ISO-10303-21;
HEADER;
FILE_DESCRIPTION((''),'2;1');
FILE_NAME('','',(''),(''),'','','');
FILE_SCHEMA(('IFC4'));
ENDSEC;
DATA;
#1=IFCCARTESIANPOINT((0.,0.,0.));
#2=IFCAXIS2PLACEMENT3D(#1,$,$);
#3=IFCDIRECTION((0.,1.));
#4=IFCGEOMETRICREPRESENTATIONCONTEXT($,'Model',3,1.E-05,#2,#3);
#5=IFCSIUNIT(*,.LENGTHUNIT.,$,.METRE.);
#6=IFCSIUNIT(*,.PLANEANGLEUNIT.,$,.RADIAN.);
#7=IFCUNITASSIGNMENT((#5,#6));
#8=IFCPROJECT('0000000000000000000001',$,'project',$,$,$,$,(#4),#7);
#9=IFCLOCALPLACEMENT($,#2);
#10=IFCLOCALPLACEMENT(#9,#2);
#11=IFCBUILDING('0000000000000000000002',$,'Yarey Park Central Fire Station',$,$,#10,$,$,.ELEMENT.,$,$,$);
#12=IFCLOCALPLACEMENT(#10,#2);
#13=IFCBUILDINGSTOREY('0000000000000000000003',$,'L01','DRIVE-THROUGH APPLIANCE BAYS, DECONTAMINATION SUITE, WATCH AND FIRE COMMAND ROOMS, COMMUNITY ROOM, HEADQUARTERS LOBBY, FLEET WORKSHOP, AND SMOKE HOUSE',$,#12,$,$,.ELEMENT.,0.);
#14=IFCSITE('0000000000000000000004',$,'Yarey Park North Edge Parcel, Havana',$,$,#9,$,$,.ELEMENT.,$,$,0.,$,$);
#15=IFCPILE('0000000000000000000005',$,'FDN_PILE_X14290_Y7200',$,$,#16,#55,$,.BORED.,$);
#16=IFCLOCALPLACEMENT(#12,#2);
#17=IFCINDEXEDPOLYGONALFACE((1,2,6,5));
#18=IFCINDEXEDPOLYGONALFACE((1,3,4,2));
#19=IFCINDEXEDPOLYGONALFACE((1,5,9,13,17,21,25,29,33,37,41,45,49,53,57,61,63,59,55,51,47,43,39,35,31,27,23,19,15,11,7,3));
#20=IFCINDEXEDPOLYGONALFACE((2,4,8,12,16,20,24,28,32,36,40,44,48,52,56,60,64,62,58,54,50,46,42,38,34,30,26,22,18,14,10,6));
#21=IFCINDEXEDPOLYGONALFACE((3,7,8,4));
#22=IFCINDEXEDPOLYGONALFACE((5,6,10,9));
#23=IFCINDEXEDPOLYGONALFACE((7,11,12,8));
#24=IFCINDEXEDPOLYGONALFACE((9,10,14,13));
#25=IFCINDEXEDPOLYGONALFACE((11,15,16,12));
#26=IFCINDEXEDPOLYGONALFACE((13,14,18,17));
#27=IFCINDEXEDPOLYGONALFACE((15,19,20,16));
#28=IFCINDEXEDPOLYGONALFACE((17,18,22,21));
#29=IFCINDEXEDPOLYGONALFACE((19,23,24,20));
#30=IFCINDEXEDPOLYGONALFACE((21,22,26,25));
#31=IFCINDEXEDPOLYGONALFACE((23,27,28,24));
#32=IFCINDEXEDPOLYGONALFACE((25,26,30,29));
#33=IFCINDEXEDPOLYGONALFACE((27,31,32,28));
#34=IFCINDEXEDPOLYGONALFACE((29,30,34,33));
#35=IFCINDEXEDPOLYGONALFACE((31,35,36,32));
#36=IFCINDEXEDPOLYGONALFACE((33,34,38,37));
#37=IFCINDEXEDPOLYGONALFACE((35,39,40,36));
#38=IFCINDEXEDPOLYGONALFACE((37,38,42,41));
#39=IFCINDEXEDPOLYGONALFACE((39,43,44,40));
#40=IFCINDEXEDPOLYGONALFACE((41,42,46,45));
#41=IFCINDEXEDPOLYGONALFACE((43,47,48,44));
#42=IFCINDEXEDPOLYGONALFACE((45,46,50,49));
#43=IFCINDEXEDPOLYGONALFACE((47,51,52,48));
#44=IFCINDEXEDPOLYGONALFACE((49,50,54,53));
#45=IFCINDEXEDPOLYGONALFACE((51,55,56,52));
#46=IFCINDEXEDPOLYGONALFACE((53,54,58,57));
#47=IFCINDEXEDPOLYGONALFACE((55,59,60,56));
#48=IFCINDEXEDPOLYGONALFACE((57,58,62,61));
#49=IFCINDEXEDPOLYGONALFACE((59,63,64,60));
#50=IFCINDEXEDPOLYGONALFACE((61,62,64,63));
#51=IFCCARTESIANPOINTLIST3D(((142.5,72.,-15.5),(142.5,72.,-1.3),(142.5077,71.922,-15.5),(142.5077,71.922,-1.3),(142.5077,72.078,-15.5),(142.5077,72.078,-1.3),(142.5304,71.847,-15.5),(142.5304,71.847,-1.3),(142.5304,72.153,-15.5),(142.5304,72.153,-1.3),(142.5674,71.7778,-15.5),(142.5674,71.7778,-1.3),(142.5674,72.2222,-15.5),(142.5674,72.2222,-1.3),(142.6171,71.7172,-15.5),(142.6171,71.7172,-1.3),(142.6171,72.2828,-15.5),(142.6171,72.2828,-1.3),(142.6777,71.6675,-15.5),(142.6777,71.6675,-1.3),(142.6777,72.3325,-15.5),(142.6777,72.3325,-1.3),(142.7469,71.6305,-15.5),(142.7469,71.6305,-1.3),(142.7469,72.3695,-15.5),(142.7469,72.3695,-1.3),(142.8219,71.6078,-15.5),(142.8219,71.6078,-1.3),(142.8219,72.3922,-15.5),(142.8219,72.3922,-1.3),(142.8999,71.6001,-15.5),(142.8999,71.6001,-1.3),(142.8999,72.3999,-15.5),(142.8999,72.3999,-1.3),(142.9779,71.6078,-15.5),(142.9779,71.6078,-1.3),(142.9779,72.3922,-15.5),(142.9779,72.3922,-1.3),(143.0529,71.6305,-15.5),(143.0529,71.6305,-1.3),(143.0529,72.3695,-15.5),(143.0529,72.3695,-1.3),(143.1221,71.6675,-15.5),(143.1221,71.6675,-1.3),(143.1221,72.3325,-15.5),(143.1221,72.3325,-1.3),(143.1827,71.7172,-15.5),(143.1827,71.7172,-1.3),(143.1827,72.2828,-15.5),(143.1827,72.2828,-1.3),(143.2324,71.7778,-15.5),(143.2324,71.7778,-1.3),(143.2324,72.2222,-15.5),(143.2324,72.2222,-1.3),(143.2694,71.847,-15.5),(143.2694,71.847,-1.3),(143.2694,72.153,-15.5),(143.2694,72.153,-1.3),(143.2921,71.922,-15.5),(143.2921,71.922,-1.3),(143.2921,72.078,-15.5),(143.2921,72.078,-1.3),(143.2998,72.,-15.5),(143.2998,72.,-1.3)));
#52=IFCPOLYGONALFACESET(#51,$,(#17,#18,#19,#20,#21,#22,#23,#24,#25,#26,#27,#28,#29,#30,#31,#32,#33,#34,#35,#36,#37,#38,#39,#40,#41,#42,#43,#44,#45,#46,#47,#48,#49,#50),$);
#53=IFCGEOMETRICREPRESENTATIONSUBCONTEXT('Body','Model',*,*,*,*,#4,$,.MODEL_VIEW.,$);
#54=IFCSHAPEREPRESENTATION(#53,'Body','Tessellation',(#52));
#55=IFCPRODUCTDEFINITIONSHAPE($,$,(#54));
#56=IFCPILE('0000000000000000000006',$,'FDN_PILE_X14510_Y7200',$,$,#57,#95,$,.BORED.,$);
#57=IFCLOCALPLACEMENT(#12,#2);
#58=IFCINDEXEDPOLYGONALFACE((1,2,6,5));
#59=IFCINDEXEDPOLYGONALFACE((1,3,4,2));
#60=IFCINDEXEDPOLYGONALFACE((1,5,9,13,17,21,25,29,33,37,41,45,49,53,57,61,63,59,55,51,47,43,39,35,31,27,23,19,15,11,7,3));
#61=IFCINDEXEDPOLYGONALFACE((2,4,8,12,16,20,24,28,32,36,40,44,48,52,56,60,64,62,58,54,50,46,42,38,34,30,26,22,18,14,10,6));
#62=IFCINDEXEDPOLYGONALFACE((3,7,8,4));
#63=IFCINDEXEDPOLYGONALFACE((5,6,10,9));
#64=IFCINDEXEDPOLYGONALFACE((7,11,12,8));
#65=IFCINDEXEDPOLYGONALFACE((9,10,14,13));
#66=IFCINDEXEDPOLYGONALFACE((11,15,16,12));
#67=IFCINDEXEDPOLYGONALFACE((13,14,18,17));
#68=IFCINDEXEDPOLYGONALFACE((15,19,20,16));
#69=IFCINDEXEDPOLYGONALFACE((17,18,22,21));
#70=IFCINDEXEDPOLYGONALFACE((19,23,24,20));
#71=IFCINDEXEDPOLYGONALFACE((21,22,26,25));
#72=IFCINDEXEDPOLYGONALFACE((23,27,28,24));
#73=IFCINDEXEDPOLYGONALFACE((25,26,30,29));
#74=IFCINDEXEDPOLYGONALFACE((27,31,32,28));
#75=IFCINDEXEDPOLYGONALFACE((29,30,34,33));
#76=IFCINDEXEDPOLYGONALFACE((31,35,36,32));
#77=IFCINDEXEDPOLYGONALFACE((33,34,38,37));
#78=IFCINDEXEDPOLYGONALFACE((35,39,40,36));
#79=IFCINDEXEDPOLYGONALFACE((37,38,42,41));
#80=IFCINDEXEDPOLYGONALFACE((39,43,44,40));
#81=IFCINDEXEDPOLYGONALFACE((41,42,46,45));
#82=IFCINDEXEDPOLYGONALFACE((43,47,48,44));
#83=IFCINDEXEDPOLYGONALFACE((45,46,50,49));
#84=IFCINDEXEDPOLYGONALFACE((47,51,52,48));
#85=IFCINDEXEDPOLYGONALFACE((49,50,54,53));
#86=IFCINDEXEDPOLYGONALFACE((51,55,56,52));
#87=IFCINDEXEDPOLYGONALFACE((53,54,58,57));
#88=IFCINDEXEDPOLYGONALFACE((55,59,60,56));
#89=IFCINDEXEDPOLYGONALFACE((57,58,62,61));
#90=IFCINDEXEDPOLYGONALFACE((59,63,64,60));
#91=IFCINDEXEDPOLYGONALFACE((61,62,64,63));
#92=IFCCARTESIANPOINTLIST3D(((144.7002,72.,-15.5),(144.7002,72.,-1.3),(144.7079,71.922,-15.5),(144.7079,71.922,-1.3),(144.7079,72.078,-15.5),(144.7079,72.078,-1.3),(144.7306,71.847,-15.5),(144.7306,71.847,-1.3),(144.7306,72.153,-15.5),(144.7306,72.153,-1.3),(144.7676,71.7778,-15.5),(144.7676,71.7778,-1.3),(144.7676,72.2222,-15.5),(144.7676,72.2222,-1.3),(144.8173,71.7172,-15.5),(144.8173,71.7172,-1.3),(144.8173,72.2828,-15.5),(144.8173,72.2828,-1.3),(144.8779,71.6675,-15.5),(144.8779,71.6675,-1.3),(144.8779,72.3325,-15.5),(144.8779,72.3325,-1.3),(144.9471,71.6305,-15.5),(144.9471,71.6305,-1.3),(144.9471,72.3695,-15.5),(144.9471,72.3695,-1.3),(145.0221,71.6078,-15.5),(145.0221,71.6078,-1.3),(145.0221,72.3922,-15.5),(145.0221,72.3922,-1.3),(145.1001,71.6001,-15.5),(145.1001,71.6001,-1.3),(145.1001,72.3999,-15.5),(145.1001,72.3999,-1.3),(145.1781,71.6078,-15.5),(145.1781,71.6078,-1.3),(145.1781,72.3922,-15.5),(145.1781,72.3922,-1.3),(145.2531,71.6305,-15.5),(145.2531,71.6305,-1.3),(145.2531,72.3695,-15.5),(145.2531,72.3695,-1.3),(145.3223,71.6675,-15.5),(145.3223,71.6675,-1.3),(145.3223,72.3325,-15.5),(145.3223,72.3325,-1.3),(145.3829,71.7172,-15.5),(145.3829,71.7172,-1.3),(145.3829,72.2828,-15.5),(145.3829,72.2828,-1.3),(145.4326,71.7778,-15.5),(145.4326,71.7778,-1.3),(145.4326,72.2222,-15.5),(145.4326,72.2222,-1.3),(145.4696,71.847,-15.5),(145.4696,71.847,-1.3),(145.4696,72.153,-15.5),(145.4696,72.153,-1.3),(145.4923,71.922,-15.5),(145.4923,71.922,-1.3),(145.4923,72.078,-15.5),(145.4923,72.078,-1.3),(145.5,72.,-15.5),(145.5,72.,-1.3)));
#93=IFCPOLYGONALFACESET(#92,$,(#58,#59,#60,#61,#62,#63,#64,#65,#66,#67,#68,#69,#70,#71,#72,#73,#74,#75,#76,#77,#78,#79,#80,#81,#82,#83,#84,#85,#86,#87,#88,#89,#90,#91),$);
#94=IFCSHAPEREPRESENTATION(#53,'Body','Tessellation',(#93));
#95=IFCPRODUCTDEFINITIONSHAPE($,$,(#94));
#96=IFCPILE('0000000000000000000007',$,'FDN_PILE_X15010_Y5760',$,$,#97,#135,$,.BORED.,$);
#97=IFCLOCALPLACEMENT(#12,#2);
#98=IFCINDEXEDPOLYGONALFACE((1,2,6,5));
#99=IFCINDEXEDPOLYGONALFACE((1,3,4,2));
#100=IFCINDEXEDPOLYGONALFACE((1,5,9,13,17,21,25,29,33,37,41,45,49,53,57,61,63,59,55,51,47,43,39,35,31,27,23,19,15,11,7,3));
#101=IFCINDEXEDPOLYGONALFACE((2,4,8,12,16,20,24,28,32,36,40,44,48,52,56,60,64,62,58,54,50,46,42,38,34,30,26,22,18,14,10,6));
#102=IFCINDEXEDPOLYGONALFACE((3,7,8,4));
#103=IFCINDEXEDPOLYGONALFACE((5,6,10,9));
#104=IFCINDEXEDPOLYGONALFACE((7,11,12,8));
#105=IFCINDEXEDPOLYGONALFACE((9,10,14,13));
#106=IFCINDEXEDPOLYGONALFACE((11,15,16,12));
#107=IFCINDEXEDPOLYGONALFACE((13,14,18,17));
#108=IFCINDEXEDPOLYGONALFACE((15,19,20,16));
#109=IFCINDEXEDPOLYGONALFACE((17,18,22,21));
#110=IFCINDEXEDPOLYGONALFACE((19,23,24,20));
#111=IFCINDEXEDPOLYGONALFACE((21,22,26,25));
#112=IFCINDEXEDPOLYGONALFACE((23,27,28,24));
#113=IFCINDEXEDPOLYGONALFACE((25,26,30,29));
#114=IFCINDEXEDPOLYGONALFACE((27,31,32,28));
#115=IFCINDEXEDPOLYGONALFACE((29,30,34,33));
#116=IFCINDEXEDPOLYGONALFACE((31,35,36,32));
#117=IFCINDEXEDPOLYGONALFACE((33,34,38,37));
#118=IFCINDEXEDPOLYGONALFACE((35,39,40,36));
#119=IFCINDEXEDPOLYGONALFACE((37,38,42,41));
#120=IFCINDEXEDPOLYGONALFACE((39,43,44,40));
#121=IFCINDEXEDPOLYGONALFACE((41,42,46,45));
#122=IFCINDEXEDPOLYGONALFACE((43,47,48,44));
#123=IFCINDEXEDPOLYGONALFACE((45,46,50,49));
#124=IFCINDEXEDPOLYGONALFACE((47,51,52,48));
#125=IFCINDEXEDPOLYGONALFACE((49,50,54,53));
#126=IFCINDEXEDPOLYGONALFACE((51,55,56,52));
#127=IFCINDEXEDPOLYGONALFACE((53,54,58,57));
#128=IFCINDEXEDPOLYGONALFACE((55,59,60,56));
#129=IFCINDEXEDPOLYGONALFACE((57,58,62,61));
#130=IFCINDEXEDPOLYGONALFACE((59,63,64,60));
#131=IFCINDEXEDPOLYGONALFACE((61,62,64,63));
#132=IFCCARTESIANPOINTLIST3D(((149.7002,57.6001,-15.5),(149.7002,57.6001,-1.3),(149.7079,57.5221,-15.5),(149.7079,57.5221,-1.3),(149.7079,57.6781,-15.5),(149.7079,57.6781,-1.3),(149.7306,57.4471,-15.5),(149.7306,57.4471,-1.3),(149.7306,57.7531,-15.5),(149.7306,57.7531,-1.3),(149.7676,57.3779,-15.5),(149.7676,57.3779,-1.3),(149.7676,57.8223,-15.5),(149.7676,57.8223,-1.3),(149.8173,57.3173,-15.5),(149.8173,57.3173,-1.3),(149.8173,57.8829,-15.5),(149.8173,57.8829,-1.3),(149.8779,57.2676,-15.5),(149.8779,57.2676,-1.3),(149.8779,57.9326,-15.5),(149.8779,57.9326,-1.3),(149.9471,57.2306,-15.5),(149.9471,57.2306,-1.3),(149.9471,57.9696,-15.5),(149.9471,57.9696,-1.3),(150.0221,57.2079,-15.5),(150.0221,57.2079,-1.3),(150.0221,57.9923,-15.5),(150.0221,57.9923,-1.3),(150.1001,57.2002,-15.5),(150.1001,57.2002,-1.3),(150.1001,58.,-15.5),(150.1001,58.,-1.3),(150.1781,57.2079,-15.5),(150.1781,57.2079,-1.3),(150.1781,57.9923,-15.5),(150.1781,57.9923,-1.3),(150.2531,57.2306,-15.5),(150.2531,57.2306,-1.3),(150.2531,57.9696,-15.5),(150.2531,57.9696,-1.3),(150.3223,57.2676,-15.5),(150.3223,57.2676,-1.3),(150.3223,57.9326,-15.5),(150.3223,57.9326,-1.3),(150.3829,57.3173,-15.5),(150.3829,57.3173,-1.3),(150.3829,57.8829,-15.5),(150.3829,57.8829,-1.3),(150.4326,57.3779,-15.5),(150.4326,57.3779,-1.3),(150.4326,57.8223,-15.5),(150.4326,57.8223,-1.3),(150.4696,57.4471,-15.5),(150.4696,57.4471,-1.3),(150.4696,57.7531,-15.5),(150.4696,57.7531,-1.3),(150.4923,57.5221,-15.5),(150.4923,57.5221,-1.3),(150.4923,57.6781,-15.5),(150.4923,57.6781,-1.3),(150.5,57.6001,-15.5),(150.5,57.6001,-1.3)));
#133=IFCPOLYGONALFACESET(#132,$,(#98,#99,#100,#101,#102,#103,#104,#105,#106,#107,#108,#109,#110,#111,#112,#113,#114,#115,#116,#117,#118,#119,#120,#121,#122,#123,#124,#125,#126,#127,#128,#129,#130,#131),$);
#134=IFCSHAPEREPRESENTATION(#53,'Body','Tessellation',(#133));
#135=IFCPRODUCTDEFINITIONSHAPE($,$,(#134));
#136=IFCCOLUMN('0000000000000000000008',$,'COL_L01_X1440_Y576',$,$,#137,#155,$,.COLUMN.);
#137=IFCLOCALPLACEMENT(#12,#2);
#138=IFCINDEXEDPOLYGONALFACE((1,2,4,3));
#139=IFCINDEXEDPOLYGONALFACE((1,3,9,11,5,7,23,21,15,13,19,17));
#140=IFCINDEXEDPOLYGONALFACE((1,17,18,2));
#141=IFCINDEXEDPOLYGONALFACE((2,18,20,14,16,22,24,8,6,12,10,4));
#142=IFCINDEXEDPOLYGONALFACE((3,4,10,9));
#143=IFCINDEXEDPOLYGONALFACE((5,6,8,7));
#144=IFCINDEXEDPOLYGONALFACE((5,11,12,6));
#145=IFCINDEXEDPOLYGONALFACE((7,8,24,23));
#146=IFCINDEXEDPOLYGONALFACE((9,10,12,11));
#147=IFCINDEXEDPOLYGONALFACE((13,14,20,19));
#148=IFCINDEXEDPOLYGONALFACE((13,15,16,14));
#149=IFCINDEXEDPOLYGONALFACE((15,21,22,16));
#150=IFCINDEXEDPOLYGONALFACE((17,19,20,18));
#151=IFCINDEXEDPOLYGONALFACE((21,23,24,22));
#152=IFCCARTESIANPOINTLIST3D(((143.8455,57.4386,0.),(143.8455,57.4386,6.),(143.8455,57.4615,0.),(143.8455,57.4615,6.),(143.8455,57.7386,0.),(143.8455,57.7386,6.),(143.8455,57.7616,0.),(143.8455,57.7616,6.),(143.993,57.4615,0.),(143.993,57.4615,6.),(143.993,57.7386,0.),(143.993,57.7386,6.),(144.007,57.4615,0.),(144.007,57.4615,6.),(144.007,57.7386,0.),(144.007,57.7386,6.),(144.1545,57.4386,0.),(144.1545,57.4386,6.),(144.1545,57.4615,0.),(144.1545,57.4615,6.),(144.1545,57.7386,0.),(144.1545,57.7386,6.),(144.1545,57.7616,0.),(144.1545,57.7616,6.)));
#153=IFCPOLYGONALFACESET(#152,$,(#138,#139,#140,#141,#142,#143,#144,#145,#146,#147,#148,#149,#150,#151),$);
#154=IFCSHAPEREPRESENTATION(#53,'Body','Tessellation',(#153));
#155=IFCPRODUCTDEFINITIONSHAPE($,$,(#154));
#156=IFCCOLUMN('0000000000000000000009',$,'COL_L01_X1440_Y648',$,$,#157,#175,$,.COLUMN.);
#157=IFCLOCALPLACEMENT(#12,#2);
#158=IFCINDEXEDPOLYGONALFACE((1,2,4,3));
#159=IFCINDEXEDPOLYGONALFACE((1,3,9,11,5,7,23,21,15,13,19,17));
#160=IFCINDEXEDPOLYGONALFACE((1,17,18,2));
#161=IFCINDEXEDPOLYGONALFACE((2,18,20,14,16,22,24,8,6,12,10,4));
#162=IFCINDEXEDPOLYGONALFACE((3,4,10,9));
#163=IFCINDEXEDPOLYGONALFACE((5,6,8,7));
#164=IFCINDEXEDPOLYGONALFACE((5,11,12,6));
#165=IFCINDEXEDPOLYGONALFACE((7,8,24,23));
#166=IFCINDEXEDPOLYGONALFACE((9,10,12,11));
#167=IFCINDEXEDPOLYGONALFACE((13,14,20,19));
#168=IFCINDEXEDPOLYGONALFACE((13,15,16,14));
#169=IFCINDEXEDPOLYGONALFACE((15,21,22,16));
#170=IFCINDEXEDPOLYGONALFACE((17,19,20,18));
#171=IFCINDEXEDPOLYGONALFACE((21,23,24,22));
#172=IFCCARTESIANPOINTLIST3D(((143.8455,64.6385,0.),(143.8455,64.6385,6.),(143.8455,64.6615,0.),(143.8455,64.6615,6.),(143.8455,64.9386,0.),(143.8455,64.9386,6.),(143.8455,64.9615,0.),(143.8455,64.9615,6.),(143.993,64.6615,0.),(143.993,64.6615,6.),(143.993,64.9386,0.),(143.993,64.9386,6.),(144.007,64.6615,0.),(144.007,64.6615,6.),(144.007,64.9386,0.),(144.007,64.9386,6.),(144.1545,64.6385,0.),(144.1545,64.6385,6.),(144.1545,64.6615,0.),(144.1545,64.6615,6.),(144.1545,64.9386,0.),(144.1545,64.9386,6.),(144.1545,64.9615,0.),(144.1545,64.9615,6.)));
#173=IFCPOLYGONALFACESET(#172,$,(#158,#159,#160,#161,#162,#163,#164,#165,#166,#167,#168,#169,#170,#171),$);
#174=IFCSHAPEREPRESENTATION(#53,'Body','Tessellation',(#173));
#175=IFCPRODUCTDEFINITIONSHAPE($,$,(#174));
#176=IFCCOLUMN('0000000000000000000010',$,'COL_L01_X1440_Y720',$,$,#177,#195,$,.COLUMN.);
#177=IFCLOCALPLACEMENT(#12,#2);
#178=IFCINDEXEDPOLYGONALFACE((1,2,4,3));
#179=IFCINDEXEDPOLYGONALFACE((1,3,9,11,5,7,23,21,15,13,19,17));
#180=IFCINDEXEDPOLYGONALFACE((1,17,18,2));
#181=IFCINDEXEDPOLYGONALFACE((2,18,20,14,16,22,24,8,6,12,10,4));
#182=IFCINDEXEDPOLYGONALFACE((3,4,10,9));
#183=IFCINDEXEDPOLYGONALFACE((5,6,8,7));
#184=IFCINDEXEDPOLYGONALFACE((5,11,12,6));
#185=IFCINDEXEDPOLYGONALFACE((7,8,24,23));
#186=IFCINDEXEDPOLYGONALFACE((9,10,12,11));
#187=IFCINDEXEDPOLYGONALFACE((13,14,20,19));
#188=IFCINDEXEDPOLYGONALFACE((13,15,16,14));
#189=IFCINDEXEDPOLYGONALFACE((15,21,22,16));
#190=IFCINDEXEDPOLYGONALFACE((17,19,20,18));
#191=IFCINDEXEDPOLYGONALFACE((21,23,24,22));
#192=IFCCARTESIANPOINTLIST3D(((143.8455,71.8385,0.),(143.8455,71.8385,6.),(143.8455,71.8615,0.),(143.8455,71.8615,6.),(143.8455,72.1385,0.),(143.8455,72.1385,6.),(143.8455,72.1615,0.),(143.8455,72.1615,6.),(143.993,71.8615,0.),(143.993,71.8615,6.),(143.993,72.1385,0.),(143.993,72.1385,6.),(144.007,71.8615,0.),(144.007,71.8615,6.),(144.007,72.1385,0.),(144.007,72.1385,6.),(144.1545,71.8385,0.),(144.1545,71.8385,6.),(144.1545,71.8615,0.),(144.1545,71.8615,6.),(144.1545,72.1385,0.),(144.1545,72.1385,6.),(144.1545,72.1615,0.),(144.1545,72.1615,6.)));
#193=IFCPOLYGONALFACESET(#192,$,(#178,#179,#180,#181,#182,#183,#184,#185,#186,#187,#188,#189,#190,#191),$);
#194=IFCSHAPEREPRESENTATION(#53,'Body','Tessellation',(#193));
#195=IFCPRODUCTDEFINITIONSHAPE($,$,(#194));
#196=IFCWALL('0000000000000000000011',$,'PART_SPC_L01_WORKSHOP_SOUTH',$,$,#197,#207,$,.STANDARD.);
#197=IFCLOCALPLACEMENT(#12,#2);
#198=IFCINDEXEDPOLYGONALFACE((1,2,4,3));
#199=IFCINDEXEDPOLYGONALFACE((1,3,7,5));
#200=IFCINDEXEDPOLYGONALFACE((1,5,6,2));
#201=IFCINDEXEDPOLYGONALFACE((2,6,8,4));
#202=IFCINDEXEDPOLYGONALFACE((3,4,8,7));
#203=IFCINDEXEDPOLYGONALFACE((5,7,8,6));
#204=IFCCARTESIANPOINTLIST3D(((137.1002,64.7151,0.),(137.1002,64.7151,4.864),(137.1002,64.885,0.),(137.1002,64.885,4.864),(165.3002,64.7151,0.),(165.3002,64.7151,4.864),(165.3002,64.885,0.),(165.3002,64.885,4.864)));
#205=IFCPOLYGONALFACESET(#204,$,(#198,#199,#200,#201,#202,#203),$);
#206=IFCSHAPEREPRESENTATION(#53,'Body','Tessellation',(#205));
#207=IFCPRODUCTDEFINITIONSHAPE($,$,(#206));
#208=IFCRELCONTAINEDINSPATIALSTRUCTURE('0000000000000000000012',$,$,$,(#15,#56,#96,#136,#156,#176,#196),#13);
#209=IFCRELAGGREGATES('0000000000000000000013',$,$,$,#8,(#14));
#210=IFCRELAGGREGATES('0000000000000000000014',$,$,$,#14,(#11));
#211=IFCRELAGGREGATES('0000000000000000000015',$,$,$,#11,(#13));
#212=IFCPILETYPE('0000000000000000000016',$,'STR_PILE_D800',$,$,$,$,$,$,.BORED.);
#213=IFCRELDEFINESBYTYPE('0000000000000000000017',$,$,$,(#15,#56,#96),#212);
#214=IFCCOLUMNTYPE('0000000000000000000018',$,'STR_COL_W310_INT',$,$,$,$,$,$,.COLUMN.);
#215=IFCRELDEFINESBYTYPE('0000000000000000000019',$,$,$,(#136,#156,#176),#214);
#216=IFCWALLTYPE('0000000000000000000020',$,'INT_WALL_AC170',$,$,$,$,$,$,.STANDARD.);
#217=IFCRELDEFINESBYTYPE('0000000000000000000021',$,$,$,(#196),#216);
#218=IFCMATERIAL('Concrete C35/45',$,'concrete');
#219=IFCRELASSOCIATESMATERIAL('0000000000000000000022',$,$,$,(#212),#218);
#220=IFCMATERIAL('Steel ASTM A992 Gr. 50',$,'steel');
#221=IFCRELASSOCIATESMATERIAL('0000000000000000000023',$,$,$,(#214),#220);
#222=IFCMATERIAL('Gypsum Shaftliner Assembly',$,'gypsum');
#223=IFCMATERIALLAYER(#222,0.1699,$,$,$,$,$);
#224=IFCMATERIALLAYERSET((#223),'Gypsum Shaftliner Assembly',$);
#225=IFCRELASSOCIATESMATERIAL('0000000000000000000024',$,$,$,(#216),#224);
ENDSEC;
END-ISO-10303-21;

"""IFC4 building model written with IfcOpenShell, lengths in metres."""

from ifc_helpers import new_model, si_unit, direction, frame, frame_2d, origin, origin_2d, place, context, subcontext, project, spatial, rectangle, circle, i_section, extrude, material, layer, layer_set, material_profile, profile_set, type_object, element, save


model = new_model("IFC4")

# Units and contexts
model_context = context("Model", 3, precision=1e-05, world=origin(), true_north=direction((0.0, 1.0)))
body_context = subcontext(model_context, "Body", "Model", "MODEL_VIEW")
ifc_project = project(units=[si_unit("LENGTHUNIT", "METRE"), si_unit("PLANEANGLEUNIT", "RADIAN")], contexts=[model_context])

# Site, building, storey
site_placement = place(None, origin())
site = spatial("IfcSite", under=ifc_project, at=site_placement, Name="Yarey Park North Edge Parcel, Havana", CompositionType="ELEMENT", RefElevation=0.0)
building_placement = place(site_placement, origin())
building = spatial("IfcBuilding", under=site, at=building_placement, Name="Yarey Park Central Fire Station", CompositionType="ELEMENT")
storey_placement = place(building_placement, origin())
storey = spatial("IfcBuildingStorey", under=building, at=storey_placement, Name="L01", Description="DRIVE-THROUGH APPLIANCE BAYS, DECONTAMINATION SUITE, WATCH AND FIRE COMMAND ROOMS, COMMUNITY ROOM, HEADQUARTERS LOBBY, FLEET WORKSHOP, AND SMOKE HOUSE", CompositionType="ELEMENT", Elevation=0.0)

# Shared definitions
ifc_material_1 = material(Name="Concrete C35/45", Category="concrete")

# Piles
ifc_material_profile_1 = material_profile(ifc_material_1, circle(Radius=0.3999, at=origin_2d()), Name="BORED PILE D800")
ifc_profile_set_1 = profile_set([ifc_material_profile_1], Name="Concrete C35/45")
pile_type = type_object("IfcPileType", Name="STR_PILE_D800", PredefinedType="BORED", material=ifc_profile_set_1)
for number, where, z_axis, x_axis, name in (
    (1, (142.8999, 72.0, -1.3), (0.0, 0.0, -1.0), (1.0, 0.0, 0.0), "FDN_PILE_X14290_Y7200"),
    (2, (145.1001, 72.0, -1.3), (0.0, 0.0, -1.0), (1.0, 0.0, 0.0), "FDN_PILE_X14510_Y7200"),
    (3, (150.1001, 57.6001, -1.3), (0.0, 0.0, -1.0), (1.0, 0.0, 0.0), "FDN_PILE_X15010_Y5760"),
):
    element("IfcPile", number, at=place(storey_placement, frame(where, z_axis=z_axis, x_axis=x_axis)), inside=storey, type_object=pile_type, Name=name, PredefinedType="BORED", context=body_context, shape_type="SweptSolid", body=[
        extrude(circle(Radius=0.3999, at=origin_2d()), origin(), (0.0, 0.0, 1.0), 14.2),
    ])

# Columns
ifc_material_2 = material(Name="Steel ASTM A992 Gr. 50", Category="steel")
ifc_material_profile_2 = material_profile(ifc_material_2, i_section(OverallWidth=0.3091, OverallDepth=0.323, WebThickness=0.0139, FlangeThickness=0.0229, at=origin_2d()), Name="W310x143")
ifc_profile_set_2 = profile_set([ifc_material_profile_2], Name="Steel ASTM A992 Gr. 50")
column_type = type_object("IfcColumnType", Name="STR_COL_W310_INT", PredefinedType="COLUMN", material=ifc_profile_set_2)
for number, where, z_axis, x_axis, name in (
    (4, (144.0, 57.6001, 0.0), (0.0, 0.0, 1.0), (1.0, 0.0, 0.0), "COL_L01_X1440_Y576"),
    (5, (144.0, 64.8, 0.0), (0.0, 0.0, 1.0), (1.0, 0.0, 0.0), "COL_L01_X1440_Y648"),
    (6, (144.0, 72.0, 0.0), (0.0, 0.0, 1.0), (1.0, 0.0, 0.0), "COL_L01_X1440_Y720"),
):
    element("IfcColumn", number, at=place(storey_placement, frame(where, z_axis=z_axis, x_axis=x_axis)), inside=storey, type_object=column_type, Name=name, PredefinedType="COLUMN", context=body_context, shape_type="SweptSolid", body=[
        extrude(i_section(OverallWidth=0.3091, OverallDepth=0.323, WebThickness=0.0139, FlangeThickness=0.0229, at=origin_2d()), origin(), (0.0, 0.0, 1.0), 6.0),
    ])

# Wall
ifc_material_3 = material(Name="Gypsum Shaftliner Assembly", Category="gypsum")
ifc_layer_1 = layer(ifc_material_3, 0.1699)
ifc_layer_set_1 = layer_set([ifc_layer_1], Name="Gypsum Shaftliner Assembly")
wall_type_1 = type_object("IfcWallType", Name="INT_WALL_AC170", PredefinedType="STANDARD", material=ifc_layer_set_1)
wall_1_placement = place(storey_placement, frame((137.1001, 64.8, 0.0), z_axis=(0.0, 0.0, 1.0), x_axis=(1.0, 0.0, 0.0)))
element("IfcWall", 7, at=wall_1_placement, inside=storey, type_object=wall_type_1, Name="PART_SPC_L01_WORKSHOP_SOUTH", PredefinedType="STANDARD", context=body_context, shape_type="SweptSolid", body=[
    extrude(rectangle(XDim=28.2, YDim=0.1699, at=frame_2d((14.1001, 0.0))), origin(), (0.0, 0.0, 1.0), 4.864),
])

save(model, "model.ifc")
